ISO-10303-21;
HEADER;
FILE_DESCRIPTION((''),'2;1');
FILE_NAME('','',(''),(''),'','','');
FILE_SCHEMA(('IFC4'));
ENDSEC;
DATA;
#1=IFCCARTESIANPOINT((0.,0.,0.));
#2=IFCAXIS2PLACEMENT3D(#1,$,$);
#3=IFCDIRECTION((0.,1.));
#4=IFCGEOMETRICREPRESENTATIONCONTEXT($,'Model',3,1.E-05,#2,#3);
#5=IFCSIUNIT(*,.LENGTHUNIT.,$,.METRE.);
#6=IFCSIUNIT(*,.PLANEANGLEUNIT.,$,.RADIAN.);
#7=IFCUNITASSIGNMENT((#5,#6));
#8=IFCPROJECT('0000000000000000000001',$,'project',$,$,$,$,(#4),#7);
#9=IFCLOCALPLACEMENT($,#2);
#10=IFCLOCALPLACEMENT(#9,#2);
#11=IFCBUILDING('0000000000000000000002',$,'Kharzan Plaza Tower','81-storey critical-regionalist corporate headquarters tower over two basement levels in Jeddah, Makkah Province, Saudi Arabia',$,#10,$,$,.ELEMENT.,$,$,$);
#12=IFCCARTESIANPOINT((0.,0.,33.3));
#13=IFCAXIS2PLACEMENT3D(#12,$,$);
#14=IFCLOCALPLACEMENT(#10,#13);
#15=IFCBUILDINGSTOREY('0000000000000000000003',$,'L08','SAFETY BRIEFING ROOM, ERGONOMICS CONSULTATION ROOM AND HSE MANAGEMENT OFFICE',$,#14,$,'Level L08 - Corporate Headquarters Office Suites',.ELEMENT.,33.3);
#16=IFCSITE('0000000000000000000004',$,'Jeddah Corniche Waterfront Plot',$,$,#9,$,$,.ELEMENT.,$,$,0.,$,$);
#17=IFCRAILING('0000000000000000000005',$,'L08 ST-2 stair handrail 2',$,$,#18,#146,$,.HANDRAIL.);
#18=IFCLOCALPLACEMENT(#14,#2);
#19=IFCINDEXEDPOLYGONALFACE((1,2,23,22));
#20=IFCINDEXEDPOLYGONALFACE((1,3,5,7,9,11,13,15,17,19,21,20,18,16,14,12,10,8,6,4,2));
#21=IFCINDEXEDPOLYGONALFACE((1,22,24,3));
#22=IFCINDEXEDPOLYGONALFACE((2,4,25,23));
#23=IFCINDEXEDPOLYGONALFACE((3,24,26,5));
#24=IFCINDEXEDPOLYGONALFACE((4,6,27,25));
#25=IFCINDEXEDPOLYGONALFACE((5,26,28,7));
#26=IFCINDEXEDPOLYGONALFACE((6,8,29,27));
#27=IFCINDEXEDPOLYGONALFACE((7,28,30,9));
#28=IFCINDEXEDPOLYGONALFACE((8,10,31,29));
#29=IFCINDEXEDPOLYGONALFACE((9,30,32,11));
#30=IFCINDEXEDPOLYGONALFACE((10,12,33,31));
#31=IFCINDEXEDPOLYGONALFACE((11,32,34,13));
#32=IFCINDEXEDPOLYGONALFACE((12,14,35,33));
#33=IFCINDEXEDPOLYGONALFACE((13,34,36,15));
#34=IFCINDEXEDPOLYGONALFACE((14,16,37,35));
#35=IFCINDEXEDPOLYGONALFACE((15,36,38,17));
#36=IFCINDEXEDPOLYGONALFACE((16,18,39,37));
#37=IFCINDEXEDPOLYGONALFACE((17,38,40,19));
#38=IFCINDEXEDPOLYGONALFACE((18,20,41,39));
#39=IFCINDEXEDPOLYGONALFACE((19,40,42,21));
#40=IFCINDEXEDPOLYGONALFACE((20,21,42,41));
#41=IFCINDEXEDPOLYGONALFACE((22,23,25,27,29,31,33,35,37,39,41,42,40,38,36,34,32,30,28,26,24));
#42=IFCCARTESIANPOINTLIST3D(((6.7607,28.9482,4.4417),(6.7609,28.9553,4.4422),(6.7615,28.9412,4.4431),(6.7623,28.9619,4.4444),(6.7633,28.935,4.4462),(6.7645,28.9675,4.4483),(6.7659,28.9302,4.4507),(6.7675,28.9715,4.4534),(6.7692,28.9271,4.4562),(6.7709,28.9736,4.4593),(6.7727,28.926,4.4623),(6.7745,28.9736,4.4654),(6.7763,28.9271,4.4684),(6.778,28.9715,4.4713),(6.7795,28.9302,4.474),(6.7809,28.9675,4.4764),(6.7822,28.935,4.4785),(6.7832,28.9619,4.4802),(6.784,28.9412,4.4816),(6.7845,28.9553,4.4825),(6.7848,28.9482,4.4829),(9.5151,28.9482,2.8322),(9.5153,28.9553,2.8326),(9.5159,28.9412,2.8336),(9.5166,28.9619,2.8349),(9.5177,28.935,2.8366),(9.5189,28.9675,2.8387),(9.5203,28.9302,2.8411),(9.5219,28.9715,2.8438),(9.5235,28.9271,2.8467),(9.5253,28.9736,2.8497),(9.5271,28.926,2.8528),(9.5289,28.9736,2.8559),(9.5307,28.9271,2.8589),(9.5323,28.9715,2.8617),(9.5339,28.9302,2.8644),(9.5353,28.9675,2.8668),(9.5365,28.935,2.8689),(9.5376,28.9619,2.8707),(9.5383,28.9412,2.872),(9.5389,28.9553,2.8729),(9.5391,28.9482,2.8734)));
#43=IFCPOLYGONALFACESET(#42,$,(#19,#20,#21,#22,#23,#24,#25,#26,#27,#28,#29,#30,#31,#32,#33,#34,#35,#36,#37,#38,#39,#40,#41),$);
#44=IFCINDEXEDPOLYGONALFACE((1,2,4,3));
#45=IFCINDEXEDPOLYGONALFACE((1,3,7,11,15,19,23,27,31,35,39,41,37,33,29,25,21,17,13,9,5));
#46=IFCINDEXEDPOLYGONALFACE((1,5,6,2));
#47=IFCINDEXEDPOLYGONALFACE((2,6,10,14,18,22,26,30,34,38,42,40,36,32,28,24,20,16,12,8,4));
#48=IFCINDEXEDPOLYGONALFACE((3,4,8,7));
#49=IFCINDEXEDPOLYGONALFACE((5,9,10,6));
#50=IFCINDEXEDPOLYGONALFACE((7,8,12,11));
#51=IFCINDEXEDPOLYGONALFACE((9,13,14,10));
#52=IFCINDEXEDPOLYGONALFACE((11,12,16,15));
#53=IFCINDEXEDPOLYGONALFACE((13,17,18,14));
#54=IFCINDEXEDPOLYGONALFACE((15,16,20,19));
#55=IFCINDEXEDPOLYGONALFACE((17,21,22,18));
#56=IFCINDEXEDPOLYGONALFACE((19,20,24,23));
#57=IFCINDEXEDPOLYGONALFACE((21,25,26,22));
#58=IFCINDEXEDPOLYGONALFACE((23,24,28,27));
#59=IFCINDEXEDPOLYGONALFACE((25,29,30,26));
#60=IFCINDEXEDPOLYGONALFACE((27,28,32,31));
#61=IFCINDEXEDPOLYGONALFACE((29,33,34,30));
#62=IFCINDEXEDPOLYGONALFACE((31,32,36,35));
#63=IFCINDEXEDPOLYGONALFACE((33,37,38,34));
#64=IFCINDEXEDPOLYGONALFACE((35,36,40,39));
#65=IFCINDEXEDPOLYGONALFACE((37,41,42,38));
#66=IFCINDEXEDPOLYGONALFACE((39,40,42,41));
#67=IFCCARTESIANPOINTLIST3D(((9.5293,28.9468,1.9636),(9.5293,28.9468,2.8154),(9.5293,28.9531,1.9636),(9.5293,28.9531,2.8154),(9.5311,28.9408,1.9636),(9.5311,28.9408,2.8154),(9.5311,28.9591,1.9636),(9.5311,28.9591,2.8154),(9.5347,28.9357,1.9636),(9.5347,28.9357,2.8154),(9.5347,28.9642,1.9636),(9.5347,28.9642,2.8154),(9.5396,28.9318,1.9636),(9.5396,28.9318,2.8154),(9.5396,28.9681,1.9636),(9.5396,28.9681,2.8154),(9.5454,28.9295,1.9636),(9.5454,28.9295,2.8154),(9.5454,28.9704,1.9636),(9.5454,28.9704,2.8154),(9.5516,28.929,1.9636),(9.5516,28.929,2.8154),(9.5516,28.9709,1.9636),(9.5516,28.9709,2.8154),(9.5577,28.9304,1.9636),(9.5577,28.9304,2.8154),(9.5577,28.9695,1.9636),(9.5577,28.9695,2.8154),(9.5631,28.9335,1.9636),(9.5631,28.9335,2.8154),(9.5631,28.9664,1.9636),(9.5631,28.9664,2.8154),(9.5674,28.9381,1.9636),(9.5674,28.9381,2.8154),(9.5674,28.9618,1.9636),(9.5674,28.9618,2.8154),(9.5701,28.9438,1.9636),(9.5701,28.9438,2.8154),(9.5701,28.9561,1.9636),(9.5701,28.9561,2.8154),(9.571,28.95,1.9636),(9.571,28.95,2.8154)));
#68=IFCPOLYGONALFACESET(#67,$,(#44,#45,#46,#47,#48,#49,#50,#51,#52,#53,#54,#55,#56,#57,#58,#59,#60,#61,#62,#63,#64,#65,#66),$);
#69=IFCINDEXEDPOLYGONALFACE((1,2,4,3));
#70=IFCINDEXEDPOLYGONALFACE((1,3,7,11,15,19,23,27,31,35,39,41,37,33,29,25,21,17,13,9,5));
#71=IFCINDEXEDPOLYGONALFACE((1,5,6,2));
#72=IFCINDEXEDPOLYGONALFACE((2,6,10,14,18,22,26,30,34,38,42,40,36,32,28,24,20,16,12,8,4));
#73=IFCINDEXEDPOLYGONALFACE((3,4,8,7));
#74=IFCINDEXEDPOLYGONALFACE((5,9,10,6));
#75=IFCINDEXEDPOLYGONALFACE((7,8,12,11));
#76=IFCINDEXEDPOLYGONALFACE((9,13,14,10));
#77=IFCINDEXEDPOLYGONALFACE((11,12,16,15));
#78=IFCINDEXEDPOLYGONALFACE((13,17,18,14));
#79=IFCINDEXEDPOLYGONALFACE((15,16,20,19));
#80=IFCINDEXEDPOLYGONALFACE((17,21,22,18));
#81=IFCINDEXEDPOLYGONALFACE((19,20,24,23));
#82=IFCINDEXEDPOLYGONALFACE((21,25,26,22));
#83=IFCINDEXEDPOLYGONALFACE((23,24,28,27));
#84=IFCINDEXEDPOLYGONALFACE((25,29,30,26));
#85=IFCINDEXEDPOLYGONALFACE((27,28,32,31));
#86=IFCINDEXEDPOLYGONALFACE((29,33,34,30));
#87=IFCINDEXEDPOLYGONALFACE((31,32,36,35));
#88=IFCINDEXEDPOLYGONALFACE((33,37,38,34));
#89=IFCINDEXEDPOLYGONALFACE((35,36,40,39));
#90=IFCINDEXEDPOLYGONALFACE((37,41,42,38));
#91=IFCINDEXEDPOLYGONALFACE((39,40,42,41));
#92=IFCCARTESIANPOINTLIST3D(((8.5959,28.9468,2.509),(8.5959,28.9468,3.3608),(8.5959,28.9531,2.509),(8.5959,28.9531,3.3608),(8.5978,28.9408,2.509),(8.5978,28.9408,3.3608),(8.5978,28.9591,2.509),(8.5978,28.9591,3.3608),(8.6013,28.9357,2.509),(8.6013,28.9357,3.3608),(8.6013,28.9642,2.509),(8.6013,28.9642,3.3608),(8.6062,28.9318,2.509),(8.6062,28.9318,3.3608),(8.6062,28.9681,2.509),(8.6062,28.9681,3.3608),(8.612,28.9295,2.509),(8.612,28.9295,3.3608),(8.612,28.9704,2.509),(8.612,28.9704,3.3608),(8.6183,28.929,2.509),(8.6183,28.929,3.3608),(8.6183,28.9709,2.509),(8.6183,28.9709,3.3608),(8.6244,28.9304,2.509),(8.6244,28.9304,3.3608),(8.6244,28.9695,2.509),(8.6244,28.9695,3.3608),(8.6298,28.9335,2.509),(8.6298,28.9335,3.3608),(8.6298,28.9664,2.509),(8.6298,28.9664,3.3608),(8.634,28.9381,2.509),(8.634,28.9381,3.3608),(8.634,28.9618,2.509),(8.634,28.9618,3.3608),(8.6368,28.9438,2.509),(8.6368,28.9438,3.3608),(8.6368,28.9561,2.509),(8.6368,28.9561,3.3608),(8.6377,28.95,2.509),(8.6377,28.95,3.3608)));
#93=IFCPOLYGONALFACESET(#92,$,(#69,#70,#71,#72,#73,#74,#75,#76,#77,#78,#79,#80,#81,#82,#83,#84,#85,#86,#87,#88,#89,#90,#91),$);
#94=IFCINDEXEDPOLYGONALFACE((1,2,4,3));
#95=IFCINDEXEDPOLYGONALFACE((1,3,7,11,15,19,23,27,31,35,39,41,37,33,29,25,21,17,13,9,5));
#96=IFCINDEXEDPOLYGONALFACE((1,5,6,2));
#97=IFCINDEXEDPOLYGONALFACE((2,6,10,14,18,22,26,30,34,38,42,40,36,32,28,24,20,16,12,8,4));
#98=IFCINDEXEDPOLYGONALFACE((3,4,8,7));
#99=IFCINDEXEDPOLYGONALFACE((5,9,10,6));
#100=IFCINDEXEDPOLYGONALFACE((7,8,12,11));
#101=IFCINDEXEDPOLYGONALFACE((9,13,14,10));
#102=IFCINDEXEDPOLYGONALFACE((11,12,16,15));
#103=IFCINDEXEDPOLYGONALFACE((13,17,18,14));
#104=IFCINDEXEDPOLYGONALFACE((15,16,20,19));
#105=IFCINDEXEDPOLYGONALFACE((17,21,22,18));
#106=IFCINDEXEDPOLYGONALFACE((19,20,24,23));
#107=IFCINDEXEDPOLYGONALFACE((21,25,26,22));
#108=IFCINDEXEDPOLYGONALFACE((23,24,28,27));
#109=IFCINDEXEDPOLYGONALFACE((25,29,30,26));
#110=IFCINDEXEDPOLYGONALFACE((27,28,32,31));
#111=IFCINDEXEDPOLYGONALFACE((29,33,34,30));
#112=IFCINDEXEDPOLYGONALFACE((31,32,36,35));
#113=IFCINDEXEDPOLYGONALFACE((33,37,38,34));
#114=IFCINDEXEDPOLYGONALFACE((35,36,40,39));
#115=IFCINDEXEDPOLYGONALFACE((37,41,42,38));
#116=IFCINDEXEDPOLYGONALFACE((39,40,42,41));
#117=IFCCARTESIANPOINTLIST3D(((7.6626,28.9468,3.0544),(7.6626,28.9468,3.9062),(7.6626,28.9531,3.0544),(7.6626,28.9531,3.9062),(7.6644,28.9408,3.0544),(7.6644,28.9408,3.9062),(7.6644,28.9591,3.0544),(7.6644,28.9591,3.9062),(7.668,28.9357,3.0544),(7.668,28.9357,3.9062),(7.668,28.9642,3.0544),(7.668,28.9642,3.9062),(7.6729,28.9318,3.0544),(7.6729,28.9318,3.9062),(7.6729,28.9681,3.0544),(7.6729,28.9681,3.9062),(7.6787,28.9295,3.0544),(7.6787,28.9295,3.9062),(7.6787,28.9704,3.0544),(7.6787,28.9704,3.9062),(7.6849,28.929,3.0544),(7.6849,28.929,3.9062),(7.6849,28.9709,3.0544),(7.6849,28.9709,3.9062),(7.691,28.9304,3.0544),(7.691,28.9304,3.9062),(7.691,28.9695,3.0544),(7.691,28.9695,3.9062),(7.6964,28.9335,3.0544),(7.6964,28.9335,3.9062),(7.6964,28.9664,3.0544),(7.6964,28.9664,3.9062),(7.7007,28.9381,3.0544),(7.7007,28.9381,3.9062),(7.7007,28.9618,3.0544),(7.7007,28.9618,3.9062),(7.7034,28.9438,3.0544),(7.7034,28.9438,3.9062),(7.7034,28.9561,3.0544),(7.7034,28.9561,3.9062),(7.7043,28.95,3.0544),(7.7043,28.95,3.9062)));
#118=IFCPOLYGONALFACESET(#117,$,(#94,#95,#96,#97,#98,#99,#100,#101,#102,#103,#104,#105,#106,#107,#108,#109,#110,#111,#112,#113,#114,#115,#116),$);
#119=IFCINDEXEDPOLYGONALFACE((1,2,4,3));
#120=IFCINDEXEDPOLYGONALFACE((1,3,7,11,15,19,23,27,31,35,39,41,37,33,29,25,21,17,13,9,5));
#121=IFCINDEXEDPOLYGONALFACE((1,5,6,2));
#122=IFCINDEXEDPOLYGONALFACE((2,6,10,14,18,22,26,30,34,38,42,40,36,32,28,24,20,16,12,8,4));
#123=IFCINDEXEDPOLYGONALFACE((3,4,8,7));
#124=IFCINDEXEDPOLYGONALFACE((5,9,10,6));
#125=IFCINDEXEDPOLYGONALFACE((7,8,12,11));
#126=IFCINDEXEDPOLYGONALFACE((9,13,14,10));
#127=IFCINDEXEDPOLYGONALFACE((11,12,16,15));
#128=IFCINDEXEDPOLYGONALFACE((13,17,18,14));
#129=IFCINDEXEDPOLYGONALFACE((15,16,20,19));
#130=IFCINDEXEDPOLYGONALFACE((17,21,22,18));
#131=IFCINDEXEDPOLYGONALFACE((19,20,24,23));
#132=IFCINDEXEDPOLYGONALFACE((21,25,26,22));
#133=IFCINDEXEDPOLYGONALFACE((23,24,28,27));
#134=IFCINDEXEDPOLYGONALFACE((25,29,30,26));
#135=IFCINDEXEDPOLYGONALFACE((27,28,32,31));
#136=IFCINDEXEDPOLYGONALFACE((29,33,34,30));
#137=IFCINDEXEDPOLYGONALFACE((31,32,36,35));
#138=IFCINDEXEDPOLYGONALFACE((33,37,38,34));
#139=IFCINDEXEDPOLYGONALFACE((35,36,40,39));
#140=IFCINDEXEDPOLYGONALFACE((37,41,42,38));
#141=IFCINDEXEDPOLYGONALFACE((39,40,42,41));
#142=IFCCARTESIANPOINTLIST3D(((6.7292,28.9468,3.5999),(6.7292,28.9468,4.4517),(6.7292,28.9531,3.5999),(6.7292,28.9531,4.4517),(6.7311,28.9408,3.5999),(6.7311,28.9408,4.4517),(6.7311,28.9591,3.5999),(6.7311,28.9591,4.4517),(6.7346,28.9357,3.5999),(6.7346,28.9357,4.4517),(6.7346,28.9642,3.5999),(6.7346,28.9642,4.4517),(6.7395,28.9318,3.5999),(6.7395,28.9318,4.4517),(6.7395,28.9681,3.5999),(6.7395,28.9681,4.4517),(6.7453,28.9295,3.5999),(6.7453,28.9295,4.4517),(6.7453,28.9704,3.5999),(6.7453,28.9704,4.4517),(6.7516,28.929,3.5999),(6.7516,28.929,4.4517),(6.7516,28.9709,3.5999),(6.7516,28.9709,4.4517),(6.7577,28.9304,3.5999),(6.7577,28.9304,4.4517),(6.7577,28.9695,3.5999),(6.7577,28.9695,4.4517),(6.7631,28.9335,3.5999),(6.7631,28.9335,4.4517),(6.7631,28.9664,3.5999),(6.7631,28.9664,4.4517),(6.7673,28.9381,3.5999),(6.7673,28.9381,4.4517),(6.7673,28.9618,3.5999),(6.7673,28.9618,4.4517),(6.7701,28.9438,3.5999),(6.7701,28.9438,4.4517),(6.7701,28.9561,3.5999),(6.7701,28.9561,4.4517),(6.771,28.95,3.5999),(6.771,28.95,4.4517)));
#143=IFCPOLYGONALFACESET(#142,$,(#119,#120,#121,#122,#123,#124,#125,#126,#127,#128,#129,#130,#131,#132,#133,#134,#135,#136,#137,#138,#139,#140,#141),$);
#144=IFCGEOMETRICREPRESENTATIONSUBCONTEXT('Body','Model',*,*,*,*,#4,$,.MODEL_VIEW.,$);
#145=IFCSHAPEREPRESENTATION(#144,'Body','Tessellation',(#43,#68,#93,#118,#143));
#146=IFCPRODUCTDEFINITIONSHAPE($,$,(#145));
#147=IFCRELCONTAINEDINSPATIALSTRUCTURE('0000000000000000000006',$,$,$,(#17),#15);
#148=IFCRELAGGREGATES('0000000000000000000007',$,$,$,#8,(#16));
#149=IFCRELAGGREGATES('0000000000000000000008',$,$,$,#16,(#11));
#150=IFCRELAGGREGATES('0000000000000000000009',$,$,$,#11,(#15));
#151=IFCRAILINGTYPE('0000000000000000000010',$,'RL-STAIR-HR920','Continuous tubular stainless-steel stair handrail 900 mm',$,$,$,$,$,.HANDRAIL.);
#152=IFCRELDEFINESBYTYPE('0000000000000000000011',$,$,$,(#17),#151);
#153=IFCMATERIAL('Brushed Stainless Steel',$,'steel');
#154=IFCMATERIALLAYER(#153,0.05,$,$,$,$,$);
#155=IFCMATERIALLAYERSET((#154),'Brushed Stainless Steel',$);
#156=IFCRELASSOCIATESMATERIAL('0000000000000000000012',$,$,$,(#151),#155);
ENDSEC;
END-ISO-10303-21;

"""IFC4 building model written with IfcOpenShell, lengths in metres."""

from ifc_helpers import new_model, si_unit, direction, frame, origin, origin_2d, place, context, subcontext, project, spatial, circle, extrude, source, transform, mapped, material, layer, layer_set, type_object, element, save


model = new_model("IFC4")

# Units and contexts
model_context = context("Model", 3, precision=1e-05, world=origin(), true_north=direction((0.0, 1.0)))
body_context = subcontext(model_context, "Body", "Model", "MODEL_VIEW")
ifc_project = project(units=[si_unit("LENGTHUNIT", "METRE"), si_unit("PLANEANGLEUNIT", "RADIAN")], contexts=[model_context])

# Site, building, storey
site_placement = place(None, origin())
site = spatial("IfcSite", under=ifc_project, at=site_placement, Name="Jeddah Corniche Waterfront Plot", CompositionType="ELEMENT", RefElevation=0.0)
building_placement = place(site_placement, origin())
building = spatial("IfcBuilding", under=site, at=building_placement, Name="Kharzan Plaza Tower", Description="81-storey critical-regionalist corporate headquarters tower over two basement levels in Jeddah, Makkah Province, Saudi Arabia", CompositionType="ELEMENT")
storey_placement = place(building_placement, frame((0.0, 0.0, 33.3)))
storey = spatial("IfcBuildingStorey", under=building, at=storey_placement, Name="L08", Description="SAFETY BRIEFING ROOM, ERGONOMICS CONSULTATION ROOM AND HSE MANAGEMENT OFFICE", LongName="Level L08 - Corporate Headquarters Office Suites", CompositionType="ELEMENT", Elevation=33.3)

# Shared definitions
ifc_material_1 = material(Name="Brushed Stainless Steel", Category="steel")

# Railing
ifc_layer_1 = layer(ifc_material_1, 0.05)
ifc_layer_set_1 = layer_set([ifc_layer_1], Name="Brushed Stainless Steel")
railing_type_1 = type_object("IfcRailingType", Name="RL-STAIR-HR920", Description="Continuous tubular stainless-steel stair handrail 900 mm", PredefinedType="HANDRAIL", material=ifc_layer_set_1)
shared_shape_1 = source(origin(), body_context, "Body", "SweptSolid", [
    extrude(circle(Radius=0.0239, at=origin_2d()), frame((-0.0229, 0.0, 0.8892), z_axis=(-0.863394, 0.0, 0.504531), x_axis=(0.0, -1.0, 0.0)), (0.0, 0.0, 1.0), 3.1902),
    extrude(circle(Radius=0.021, at=origin_2d()), origin(), (0.0, 0.0, 1.0), 0.8518),
    extrude(circle(Radius=0.021, at=origin_2d()), frame((-0.9333, 0.0, 0.5454)), (0.0, 0.0, 1.0), 0.8518),
    extrude(circle(Radius=0.021, at=origin_2d()), frame((-1.8667, 0.0, 1.0908)), (0.0, 0.0, 1.0), 0.8518),
    extrude(circle(Radius=0.021, at=origin_2d()), frame((-2.8, 0.0, 1.6362)), (0.0, 0.0, 1.0), 0.8518),
])
railing_1_placement = place(storey_placement, frame((9.55, 28.95, 1.9636)))
element("IfcRailing", 1, at=railing_1_placement, inside=storey, type_object=railing_type_1, Name="L08 ST-2 stair handrail 2", PredefinedType="HANDRAIL", context=body_context, shape_type="MappedRepresentation", body=[
    mapped(shared_shape_1, transform((0.0, 0.0, 0.0), x_axis=(1.0, 0.0, 0.0), y_axis=(0.0, 1.0, 0.0), z_axis=(0.0, 0.0, 1.0))),
])

save(model, "model.ifc")
